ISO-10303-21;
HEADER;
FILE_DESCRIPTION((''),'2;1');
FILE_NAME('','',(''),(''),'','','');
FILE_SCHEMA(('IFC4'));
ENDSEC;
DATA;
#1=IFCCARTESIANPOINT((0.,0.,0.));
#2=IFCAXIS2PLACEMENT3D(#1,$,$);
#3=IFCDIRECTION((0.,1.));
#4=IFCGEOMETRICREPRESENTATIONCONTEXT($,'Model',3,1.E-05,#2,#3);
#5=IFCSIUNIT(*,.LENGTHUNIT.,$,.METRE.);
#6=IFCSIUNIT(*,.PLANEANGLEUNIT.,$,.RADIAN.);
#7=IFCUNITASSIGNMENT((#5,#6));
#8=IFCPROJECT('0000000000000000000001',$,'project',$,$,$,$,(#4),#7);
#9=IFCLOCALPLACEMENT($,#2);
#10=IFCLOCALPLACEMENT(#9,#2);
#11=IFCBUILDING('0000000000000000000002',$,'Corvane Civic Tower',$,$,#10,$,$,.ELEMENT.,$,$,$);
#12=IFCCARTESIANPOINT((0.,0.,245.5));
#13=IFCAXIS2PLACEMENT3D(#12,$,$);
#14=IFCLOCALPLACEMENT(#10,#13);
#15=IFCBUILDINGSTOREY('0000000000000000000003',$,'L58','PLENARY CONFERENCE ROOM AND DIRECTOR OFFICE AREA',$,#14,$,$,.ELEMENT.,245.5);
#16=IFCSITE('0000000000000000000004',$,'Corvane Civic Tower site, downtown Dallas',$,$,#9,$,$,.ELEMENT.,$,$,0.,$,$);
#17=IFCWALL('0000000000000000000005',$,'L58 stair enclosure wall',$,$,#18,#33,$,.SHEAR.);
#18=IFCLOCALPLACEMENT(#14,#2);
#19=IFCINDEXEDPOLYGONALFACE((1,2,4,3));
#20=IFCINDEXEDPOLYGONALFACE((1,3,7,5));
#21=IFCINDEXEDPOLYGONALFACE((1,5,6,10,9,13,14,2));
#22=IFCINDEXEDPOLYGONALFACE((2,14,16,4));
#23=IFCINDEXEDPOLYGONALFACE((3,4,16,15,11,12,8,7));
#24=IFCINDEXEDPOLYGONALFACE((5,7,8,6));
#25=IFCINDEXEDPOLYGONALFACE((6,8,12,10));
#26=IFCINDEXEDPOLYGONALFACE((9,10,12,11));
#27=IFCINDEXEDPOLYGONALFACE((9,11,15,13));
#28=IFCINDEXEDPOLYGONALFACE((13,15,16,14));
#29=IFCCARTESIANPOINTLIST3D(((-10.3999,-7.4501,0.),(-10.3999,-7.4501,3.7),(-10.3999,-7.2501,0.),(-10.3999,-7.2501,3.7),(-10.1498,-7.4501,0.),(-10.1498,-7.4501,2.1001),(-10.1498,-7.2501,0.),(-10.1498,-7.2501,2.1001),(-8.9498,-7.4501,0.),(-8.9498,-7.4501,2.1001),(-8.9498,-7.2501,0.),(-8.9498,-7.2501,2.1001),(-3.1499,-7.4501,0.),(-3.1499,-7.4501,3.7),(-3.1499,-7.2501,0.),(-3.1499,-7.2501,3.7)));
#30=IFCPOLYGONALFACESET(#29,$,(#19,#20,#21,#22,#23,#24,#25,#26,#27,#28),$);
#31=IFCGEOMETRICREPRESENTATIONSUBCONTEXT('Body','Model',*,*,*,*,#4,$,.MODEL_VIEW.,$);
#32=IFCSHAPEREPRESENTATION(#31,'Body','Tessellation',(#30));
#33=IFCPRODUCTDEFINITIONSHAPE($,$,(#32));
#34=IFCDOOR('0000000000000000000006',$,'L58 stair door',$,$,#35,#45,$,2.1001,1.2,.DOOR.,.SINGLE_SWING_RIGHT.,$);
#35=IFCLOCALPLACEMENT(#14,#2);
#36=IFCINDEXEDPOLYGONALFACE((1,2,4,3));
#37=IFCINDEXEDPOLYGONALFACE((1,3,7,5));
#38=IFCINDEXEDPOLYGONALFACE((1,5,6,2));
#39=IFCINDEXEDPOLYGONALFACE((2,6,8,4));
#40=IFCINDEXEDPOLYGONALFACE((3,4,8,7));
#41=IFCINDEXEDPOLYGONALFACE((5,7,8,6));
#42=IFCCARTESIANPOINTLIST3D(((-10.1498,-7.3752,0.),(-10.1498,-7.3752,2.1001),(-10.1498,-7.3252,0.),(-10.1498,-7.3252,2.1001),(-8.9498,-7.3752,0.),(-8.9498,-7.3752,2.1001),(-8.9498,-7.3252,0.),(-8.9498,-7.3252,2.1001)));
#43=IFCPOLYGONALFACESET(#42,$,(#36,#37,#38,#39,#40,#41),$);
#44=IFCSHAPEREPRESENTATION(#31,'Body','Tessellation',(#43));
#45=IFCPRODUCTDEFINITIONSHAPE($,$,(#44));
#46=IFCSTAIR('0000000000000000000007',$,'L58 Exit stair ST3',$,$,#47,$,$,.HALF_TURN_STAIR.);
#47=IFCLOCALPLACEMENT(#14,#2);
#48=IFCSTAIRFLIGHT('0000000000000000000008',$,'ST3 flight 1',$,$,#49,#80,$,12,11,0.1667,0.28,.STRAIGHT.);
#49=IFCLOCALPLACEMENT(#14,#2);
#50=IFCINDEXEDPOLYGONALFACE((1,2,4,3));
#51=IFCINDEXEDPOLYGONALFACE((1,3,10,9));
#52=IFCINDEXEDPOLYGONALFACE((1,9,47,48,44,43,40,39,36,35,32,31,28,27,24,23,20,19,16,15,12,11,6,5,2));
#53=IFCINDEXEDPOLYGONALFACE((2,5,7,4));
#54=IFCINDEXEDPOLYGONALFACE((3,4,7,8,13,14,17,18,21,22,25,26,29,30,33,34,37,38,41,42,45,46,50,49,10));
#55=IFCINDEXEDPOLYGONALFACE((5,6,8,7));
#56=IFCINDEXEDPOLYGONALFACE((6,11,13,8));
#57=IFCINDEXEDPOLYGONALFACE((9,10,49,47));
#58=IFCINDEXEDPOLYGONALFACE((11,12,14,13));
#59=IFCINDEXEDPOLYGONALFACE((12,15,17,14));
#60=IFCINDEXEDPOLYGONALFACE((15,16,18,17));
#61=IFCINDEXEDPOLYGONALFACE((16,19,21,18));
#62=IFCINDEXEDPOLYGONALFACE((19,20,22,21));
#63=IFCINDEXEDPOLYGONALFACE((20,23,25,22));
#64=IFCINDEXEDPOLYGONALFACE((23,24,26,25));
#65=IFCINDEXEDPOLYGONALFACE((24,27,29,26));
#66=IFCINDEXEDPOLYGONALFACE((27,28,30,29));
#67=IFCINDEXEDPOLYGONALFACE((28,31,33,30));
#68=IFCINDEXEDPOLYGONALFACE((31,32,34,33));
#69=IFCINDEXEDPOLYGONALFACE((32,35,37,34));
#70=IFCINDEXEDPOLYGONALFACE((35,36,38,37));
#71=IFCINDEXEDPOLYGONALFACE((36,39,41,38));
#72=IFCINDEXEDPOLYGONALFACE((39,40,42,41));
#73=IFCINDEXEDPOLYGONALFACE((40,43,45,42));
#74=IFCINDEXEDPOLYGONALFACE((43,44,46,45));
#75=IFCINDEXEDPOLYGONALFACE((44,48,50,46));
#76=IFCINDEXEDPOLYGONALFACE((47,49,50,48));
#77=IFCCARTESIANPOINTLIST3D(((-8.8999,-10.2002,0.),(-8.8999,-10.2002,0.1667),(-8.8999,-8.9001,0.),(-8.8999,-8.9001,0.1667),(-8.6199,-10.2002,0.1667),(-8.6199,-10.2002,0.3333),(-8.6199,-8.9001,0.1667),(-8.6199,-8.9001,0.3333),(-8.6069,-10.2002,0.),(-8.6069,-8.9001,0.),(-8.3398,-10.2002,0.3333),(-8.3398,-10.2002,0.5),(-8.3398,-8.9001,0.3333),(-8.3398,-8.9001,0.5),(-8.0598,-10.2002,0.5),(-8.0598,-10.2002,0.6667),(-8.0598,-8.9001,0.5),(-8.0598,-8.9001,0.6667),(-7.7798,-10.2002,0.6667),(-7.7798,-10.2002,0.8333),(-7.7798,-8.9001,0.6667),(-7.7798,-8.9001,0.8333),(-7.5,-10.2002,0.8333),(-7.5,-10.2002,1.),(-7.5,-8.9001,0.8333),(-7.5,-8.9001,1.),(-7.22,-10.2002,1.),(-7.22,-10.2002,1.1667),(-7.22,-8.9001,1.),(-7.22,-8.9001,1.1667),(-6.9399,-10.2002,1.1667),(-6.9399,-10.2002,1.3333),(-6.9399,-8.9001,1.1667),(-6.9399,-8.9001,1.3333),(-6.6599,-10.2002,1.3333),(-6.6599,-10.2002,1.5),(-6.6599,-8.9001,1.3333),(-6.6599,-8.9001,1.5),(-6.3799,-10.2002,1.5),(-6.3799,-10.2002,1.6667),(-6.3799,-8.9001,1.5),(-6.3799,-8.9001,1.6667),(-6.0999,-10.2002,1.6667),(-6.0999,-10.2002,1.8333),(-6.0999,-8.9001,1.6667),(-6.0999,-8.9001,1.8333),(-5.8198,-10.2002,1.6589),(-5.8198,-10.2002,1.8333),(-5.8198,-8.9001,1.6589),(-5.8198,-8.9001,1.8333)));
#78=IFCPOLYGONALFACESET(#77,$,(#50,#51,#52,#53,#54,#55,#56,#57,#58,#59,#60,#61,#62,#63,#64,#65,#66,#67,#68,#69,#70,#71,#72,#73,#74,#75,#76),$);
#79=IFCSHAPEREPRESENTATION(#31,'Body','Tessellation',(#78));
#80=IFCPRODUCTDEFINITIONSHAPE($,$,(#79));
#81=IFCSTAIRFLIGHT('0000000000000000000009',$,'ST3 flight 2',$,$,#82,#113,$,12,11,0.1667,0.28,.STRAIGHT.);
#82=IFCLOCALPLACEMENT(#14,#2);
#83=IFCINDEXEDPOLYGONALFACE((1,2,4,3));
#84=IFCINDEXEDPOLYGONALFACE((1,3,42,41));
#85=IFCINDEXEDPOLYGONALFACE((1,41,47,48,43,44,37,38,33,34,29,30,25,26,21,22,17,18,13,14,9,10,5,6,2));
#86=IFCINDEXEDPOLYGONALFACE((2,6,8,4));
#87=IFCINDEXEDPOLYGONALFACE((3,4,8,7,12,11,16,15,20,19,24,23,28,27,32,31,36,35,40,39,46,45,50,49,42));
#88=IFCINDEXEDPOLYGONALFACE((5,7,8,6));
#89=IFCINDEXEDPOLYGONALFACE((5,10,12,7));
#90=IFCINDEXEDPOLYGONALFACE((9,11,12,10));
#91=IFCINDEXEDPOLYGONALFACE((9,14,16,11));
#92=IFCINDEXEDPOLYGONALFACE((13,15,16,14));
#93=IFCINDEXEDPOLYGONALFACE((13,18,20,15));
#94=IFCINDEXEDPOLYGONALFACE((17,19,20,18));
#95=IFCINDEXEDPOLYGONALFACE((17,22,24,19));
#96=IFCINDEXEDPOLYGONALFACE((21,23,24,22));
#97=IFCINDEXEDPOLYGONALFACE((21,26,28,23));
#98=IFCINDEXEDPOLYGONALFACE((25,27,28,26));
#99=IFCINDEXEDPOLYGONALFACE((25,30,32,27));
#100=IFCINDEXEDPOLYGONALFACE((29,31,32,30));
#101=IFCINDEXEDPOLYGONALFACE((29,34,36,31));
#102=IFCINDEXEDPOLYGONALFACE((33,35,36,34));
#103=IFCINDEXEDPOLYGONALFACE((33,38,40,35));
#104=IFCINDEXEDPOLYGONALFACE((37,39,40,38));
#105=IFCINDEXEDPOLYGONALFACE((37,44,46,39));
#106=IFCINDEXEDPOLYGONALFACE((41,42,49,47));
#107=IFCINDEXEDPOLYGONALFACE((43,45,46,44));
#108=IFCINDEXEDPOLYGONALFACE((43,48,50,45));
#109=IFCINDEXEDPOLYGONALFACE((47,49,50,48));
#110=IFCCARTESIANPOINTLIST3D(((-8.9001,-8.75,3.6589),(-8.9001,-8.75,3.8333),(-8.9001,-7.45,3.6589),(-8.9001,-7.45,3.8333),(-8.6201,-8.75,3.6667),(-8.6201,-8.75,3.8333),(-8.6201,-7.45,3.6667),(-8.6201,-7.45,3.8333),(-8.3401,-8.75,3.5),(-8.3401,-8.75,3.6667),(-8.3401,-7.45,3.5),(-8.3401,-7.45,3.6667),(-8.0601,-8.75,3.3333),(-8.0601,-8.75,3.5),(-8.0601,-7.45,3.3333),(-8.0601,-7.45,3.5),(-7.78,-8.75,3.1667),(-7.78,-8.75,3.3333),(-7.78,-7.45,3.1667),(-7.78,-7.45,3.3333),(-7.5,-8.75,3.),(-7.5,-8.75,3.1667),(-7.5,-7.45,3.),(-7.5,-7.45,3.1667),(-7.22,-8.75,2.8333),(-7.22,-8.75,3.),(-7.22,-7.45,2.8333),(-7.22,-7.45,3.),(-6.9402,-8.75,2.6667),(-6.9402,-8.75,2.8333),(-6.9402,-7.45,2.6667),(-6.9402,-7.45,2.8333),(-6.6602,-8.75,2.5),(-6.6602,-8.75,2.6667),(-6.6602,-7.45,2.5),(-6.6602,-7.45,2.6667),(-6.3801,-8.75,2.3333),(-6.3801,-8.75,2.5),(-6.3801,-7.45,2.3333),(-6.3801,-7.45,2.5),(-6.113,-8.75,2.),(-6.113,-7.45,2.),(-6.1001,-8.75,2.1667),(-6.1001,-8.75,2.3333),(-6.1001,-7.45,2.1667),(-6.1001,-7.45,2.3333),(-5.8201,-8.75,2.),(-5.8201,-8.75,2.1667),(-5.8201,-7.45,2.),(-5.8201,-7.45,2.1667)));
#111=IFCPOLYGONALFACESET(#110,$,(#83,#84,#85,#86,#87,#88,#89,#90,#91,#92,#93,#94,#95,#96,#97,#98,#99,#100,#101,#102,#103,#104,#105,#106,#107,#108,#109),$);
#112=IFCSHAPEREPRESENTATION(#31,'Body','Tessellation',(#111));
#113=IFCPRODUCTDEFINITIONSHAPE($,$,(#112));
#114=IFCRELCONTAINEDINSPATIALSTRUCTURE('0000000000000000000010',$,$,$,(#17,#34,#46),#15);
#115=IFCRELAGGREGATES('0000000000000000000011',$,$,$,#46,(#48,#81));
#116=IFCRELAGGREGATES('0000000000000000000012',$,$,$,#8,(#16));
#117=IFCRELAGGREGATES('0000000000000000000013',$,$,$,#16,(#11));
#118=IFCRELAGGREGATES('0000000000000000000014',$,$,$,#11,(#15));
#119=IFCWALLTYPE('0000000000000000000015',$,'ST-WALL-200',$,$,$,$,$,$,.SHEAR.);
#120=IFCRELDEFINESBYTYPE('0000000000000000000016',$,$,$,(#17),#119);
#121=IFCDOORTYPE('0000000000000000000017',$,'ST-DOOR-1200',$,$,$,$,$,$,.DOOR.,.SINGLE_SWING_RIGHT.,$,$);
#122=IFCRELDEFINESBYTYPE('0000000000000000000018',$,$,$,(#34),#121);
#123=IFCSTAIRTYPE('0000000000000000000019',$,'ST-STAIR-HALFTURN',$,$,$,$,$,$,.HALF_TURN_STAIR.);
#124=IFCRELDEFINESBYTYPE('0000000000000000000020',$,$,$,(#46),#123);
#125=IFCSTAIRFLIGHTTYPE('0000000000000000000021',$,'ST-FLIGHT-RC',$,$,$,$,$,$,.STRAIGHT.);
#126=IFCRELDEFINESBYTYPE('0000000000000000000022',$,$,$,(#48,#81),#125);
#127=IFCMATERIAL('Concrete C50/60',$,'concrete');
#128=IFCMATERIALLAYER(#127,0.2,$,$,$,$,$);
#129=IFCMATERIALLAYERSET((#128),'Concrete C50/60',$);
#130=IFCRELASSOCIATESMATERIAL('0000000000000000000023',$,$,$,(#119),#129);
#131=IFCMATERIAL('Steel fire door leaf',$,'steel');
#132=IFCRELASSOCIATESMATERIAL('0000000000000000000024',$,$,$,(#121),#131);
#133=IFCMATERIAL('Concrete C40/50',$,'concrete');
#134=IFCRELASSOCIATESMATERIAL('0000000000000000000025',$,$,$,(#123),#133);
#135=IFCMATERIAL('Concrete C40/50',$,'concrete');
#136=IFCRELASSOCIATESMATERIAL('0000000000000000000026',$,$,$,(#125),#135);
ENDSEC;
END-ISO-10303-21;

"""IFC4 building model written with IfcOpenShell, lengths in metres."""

from ifc_helpers import new_model, si_unit, direction, frame, frame_2d, origin, place, context, subcontext, project, spatial, polyline, rectangle, outline, extrude, material, layer, layer_set, type_object, element, fill, aggregate, save


model = new_model("IFC4")

# Units and contexts
model_context = context("Model", 3, precision=1e-05, world=origin(), true_north=direction((0.0, 1.0)))
body_context = subcontext(model_context, "Body", "Model", "MODEL_VIEW")
ifc_project = project(units=[si_unit("LENGTHUNIT", "METRE"), si_unit("PLANEANGLEUNIT", "RADIAN")], contexts=[model_context])

# Site, building, storey
site_placement = place(None, origin())
site = spatial("IfcSite", under=ifc_project, at=site_placement, Name="Corvane Civic Tower site, downtown Dallas", CompositionType="ELEMENT", RefElevation=0.0)
building_placement = place(site_placement, origin())
building = spatial("IfcBuilding", under=site, at=building_placement, Name="Corvane Civic Tower", CompositionType="ELEMENT")
storey_placement = place(building_placement, frame((0.0, 0.0, 245.5)))
storey = spatial("IfcBuildingStorey", under=building, at=storey_placement, Name="L58", Description="PLENARY CONFERENCE ROOM AND DIRECTOR OFFICE AREA", CompositionType="ELEMENT", Elevation=245.5)

# Wall, opening, door
ifc_material_1 = material(Name="Concrete C50/60", Category="concrete")
ifc_layer_1 = layer(ifc_material_1, 0.2)
ifc_layer_set_1 = layer_set([ifc_layer_1], Name="Concrete C50/60")
wall_type_1 = type_object("IfcWallType", Name="ST-WALL-200", PredefinedType="SHEAR", material=ifc_layer_set_1)
wall_1_placement = place(storey_placement, frame((-10.3999, -7.3501, 0.0), z_axis=(0.0, 0.0, 1.0), x_axis=(1.0, 0.0, 0.0)))
wall_1 = element("IfcWall", 1, at=wall_1_placement, inside=storey, type_object=wall_type_1, Name="L58 stair enclosure wall", PredefinedType="SHEAR", context=body_context, shape_type="SweptSolid", body=[
    extrude(rectangle(XDim=7.25, YDim=0.2, at=frame_2d((3.625, 0.0))), origin(), (0.0, 0.0, 1.0), 3.7),
])
opening_1_placement = place(wall_1_placement, frame((0.25, 0.0, 0.0)))
opening_1 = element("IfcOpeningElement", 2, at=opening_1_placement, cuts=wall_1, PredefinedType="OPENING", context=body_context, shape_type="SweptSolid", body=[
    extrude(rectangle(XDim=1.2, YDim=2.1001, at=frame_2d((0.6001, 1.05))), frame((0.0, 0.1099, 0.0), z_axis=(0.0, -1.0, 0.0), x_axis=(1.0, 0.0, 0.0)), (0.0, 0.0, 1.0), 0.22),
])
ifc_material_2 = material(Name="Steel fire door leaf", Category="steel")
door_type_1 = type_object("IfcDoorType", Name="ST-DOOR-1200", OperationType="SINGLE_SWING_RIGHT", PredefinedType="DOOR", material=ifc_material_2)
door_1_placement = place(opening_1_placement, origin())
door_1 = element("IfcDoor", 3, at=door_1_placement, inside=storey, type_object=door_type_1, Name="L58 stair door", OperationType="SINGLE_SWING_RIGHT", OverallHeight=2.1001, OverallWidth=1.2, PredefinedType="DOOR", context=body_context, shape_type="SweptSolid", body=[
    extrude(rectangle(XDim=1.2, YDim=2.1001, at=frame_2d((0.6001, 1.05))), frame((0.0, 0.0249, 0.0), z_axis=(0.0, -1.0, 0.0), x_axis=(1.0, 0.0, 0.0)), (0.0, 0.0, 1.0), 0.05),
])
fill(opening_1, door_1)

# Stair, stair flights
ifc_material_3 = material(Name="Concrete C40/50", Category="concrete")
stair_type = type_object("IfcStairType", Name="ST-STAIR-HALFTURN", PredefinedType="HALF_TURN_STAIR", material=ifc_material_3)
stair_placement = place(storey_placement, origin())
stair = element("IfcStair", 4, at=stair_placement, inside=storey, type_object=stair_type, Name="L58 Exit stair ST3", PredefinedType="HALF_TURN_STAIR")
ifc_material_4 = material(Name="Concrete C40/50", Category="concrete")
stair_flight_type = type_object("IfcStairFlightType", Name="ST-FLIGHT-RC", PredefinedType="STRAIGHT", material=ifc_material_4)
stair_flight_1_placement = place(storey_placement, frame((-8.8999, -9.55, 0.0), z_axis=(0.0, 0.0, 1.0), x_axis=(1.0, 0.0, 0.0)))
stair_flight_1 = element("IfcStairFlight", 5, at=stair_flight_1_placement, type_object=stair_flight_type, Name="ST3 flight 1", NumberOfRisers=12, NumberOfTreads=11, PredefinedType="STRAIGHT", RiserHeight=0.1667, TreadLength=0.28, context=body_context, shape_type="SweptSolid", body=[
    extrude(outline(polyline([(0.0, 0.0), (0.0, 0.1667), (0.28, 0.1667), (0.28, 0.3333), (0.5601, 0.3333), (0.5601, 0.5), (0.8401, 0.5), (0.8401, 0.6667), (1.1201, 0.6667), (1.1201, 0.8333), (1.3999, 0.8333), (1.3999, 1.0), (1.6799, 1.0), (1.6799, 1.1667), (1.96, 1.1667), (1.96, 1.3333), (2.24, 1.3333), (2.24, 1.5), (2.52, 1.5), (2.52, 1.6667), (2.8, 1.6667), (2.8, 1.8333), (3.0801, 1.8333), (3.0801, 2.0), (3.0801, 1.6589), (0.293, 0.0), (0.0, 0.0)])), frame((0.0, 0.6499, 0.0), z_axis=(0.0, -1.0, 0.0), x_axis=(1.0, 0.0, 0.0)), (0.0, 0.0, 1.0), 1.3),
])
stair_flight_2_placement = place(storey_placement, frame((-5.8201, -8.1001, 2.0), z_axis=(0.0, 0.0, 1.0), x_axis=(-1.0, 0.0, 0.0)))
stair_flight_2 = element("IfcStairFlight", 6, at=stair_flight_2_placement, type_object=stair_flight_type, Name="ST3 flight 2", NumberOfRisers=12, NumberOfTreads=11, PredefinedType="STRAIGHT", RiserHeight=0.1667, TreadLength=0.28, context=body_context, shape_type="SweptSolid", body=[
    extrude(outline(polyline([(0.0, 0.0), (0.0, 0.1667), (0.28, 0.1667), (0.28, 0.3333), (0.5601, 0.3333), (0.5601, 0.5), (0.8401, 0.5), (0.8401, 0.6667), (1.1201, 0.6667), (1.1201, 0.8333), (1.3999, 0.8333), (1.3999, 1.0), (1.6799, 1.0), (1.6799, 1.1667), (1.96, 1.1667), (1.96, 1.3333), (2.24, 1.3333), (2.24, 1.5), (2.52, 1.5), (2.52, 1.6667), (2.8, 1.6667), (2.8, 1.8333), (3.0801, 1.8333), (3.0801, 2.0), (3.0801, 1.6589), (0.293, 0.0), (0.0, 0.0)])), frame((0.0, 0.6499, 0.0), z_axis=(0.0, -1.0, 0.0), x_axis=(1.0, 0.0, 0.0)), (0.0, 0.0, 1.0), 1.3),
])
aggregate(stair, [stair_flight_1, stair_flight_2])

save(model, "model.ifc")
